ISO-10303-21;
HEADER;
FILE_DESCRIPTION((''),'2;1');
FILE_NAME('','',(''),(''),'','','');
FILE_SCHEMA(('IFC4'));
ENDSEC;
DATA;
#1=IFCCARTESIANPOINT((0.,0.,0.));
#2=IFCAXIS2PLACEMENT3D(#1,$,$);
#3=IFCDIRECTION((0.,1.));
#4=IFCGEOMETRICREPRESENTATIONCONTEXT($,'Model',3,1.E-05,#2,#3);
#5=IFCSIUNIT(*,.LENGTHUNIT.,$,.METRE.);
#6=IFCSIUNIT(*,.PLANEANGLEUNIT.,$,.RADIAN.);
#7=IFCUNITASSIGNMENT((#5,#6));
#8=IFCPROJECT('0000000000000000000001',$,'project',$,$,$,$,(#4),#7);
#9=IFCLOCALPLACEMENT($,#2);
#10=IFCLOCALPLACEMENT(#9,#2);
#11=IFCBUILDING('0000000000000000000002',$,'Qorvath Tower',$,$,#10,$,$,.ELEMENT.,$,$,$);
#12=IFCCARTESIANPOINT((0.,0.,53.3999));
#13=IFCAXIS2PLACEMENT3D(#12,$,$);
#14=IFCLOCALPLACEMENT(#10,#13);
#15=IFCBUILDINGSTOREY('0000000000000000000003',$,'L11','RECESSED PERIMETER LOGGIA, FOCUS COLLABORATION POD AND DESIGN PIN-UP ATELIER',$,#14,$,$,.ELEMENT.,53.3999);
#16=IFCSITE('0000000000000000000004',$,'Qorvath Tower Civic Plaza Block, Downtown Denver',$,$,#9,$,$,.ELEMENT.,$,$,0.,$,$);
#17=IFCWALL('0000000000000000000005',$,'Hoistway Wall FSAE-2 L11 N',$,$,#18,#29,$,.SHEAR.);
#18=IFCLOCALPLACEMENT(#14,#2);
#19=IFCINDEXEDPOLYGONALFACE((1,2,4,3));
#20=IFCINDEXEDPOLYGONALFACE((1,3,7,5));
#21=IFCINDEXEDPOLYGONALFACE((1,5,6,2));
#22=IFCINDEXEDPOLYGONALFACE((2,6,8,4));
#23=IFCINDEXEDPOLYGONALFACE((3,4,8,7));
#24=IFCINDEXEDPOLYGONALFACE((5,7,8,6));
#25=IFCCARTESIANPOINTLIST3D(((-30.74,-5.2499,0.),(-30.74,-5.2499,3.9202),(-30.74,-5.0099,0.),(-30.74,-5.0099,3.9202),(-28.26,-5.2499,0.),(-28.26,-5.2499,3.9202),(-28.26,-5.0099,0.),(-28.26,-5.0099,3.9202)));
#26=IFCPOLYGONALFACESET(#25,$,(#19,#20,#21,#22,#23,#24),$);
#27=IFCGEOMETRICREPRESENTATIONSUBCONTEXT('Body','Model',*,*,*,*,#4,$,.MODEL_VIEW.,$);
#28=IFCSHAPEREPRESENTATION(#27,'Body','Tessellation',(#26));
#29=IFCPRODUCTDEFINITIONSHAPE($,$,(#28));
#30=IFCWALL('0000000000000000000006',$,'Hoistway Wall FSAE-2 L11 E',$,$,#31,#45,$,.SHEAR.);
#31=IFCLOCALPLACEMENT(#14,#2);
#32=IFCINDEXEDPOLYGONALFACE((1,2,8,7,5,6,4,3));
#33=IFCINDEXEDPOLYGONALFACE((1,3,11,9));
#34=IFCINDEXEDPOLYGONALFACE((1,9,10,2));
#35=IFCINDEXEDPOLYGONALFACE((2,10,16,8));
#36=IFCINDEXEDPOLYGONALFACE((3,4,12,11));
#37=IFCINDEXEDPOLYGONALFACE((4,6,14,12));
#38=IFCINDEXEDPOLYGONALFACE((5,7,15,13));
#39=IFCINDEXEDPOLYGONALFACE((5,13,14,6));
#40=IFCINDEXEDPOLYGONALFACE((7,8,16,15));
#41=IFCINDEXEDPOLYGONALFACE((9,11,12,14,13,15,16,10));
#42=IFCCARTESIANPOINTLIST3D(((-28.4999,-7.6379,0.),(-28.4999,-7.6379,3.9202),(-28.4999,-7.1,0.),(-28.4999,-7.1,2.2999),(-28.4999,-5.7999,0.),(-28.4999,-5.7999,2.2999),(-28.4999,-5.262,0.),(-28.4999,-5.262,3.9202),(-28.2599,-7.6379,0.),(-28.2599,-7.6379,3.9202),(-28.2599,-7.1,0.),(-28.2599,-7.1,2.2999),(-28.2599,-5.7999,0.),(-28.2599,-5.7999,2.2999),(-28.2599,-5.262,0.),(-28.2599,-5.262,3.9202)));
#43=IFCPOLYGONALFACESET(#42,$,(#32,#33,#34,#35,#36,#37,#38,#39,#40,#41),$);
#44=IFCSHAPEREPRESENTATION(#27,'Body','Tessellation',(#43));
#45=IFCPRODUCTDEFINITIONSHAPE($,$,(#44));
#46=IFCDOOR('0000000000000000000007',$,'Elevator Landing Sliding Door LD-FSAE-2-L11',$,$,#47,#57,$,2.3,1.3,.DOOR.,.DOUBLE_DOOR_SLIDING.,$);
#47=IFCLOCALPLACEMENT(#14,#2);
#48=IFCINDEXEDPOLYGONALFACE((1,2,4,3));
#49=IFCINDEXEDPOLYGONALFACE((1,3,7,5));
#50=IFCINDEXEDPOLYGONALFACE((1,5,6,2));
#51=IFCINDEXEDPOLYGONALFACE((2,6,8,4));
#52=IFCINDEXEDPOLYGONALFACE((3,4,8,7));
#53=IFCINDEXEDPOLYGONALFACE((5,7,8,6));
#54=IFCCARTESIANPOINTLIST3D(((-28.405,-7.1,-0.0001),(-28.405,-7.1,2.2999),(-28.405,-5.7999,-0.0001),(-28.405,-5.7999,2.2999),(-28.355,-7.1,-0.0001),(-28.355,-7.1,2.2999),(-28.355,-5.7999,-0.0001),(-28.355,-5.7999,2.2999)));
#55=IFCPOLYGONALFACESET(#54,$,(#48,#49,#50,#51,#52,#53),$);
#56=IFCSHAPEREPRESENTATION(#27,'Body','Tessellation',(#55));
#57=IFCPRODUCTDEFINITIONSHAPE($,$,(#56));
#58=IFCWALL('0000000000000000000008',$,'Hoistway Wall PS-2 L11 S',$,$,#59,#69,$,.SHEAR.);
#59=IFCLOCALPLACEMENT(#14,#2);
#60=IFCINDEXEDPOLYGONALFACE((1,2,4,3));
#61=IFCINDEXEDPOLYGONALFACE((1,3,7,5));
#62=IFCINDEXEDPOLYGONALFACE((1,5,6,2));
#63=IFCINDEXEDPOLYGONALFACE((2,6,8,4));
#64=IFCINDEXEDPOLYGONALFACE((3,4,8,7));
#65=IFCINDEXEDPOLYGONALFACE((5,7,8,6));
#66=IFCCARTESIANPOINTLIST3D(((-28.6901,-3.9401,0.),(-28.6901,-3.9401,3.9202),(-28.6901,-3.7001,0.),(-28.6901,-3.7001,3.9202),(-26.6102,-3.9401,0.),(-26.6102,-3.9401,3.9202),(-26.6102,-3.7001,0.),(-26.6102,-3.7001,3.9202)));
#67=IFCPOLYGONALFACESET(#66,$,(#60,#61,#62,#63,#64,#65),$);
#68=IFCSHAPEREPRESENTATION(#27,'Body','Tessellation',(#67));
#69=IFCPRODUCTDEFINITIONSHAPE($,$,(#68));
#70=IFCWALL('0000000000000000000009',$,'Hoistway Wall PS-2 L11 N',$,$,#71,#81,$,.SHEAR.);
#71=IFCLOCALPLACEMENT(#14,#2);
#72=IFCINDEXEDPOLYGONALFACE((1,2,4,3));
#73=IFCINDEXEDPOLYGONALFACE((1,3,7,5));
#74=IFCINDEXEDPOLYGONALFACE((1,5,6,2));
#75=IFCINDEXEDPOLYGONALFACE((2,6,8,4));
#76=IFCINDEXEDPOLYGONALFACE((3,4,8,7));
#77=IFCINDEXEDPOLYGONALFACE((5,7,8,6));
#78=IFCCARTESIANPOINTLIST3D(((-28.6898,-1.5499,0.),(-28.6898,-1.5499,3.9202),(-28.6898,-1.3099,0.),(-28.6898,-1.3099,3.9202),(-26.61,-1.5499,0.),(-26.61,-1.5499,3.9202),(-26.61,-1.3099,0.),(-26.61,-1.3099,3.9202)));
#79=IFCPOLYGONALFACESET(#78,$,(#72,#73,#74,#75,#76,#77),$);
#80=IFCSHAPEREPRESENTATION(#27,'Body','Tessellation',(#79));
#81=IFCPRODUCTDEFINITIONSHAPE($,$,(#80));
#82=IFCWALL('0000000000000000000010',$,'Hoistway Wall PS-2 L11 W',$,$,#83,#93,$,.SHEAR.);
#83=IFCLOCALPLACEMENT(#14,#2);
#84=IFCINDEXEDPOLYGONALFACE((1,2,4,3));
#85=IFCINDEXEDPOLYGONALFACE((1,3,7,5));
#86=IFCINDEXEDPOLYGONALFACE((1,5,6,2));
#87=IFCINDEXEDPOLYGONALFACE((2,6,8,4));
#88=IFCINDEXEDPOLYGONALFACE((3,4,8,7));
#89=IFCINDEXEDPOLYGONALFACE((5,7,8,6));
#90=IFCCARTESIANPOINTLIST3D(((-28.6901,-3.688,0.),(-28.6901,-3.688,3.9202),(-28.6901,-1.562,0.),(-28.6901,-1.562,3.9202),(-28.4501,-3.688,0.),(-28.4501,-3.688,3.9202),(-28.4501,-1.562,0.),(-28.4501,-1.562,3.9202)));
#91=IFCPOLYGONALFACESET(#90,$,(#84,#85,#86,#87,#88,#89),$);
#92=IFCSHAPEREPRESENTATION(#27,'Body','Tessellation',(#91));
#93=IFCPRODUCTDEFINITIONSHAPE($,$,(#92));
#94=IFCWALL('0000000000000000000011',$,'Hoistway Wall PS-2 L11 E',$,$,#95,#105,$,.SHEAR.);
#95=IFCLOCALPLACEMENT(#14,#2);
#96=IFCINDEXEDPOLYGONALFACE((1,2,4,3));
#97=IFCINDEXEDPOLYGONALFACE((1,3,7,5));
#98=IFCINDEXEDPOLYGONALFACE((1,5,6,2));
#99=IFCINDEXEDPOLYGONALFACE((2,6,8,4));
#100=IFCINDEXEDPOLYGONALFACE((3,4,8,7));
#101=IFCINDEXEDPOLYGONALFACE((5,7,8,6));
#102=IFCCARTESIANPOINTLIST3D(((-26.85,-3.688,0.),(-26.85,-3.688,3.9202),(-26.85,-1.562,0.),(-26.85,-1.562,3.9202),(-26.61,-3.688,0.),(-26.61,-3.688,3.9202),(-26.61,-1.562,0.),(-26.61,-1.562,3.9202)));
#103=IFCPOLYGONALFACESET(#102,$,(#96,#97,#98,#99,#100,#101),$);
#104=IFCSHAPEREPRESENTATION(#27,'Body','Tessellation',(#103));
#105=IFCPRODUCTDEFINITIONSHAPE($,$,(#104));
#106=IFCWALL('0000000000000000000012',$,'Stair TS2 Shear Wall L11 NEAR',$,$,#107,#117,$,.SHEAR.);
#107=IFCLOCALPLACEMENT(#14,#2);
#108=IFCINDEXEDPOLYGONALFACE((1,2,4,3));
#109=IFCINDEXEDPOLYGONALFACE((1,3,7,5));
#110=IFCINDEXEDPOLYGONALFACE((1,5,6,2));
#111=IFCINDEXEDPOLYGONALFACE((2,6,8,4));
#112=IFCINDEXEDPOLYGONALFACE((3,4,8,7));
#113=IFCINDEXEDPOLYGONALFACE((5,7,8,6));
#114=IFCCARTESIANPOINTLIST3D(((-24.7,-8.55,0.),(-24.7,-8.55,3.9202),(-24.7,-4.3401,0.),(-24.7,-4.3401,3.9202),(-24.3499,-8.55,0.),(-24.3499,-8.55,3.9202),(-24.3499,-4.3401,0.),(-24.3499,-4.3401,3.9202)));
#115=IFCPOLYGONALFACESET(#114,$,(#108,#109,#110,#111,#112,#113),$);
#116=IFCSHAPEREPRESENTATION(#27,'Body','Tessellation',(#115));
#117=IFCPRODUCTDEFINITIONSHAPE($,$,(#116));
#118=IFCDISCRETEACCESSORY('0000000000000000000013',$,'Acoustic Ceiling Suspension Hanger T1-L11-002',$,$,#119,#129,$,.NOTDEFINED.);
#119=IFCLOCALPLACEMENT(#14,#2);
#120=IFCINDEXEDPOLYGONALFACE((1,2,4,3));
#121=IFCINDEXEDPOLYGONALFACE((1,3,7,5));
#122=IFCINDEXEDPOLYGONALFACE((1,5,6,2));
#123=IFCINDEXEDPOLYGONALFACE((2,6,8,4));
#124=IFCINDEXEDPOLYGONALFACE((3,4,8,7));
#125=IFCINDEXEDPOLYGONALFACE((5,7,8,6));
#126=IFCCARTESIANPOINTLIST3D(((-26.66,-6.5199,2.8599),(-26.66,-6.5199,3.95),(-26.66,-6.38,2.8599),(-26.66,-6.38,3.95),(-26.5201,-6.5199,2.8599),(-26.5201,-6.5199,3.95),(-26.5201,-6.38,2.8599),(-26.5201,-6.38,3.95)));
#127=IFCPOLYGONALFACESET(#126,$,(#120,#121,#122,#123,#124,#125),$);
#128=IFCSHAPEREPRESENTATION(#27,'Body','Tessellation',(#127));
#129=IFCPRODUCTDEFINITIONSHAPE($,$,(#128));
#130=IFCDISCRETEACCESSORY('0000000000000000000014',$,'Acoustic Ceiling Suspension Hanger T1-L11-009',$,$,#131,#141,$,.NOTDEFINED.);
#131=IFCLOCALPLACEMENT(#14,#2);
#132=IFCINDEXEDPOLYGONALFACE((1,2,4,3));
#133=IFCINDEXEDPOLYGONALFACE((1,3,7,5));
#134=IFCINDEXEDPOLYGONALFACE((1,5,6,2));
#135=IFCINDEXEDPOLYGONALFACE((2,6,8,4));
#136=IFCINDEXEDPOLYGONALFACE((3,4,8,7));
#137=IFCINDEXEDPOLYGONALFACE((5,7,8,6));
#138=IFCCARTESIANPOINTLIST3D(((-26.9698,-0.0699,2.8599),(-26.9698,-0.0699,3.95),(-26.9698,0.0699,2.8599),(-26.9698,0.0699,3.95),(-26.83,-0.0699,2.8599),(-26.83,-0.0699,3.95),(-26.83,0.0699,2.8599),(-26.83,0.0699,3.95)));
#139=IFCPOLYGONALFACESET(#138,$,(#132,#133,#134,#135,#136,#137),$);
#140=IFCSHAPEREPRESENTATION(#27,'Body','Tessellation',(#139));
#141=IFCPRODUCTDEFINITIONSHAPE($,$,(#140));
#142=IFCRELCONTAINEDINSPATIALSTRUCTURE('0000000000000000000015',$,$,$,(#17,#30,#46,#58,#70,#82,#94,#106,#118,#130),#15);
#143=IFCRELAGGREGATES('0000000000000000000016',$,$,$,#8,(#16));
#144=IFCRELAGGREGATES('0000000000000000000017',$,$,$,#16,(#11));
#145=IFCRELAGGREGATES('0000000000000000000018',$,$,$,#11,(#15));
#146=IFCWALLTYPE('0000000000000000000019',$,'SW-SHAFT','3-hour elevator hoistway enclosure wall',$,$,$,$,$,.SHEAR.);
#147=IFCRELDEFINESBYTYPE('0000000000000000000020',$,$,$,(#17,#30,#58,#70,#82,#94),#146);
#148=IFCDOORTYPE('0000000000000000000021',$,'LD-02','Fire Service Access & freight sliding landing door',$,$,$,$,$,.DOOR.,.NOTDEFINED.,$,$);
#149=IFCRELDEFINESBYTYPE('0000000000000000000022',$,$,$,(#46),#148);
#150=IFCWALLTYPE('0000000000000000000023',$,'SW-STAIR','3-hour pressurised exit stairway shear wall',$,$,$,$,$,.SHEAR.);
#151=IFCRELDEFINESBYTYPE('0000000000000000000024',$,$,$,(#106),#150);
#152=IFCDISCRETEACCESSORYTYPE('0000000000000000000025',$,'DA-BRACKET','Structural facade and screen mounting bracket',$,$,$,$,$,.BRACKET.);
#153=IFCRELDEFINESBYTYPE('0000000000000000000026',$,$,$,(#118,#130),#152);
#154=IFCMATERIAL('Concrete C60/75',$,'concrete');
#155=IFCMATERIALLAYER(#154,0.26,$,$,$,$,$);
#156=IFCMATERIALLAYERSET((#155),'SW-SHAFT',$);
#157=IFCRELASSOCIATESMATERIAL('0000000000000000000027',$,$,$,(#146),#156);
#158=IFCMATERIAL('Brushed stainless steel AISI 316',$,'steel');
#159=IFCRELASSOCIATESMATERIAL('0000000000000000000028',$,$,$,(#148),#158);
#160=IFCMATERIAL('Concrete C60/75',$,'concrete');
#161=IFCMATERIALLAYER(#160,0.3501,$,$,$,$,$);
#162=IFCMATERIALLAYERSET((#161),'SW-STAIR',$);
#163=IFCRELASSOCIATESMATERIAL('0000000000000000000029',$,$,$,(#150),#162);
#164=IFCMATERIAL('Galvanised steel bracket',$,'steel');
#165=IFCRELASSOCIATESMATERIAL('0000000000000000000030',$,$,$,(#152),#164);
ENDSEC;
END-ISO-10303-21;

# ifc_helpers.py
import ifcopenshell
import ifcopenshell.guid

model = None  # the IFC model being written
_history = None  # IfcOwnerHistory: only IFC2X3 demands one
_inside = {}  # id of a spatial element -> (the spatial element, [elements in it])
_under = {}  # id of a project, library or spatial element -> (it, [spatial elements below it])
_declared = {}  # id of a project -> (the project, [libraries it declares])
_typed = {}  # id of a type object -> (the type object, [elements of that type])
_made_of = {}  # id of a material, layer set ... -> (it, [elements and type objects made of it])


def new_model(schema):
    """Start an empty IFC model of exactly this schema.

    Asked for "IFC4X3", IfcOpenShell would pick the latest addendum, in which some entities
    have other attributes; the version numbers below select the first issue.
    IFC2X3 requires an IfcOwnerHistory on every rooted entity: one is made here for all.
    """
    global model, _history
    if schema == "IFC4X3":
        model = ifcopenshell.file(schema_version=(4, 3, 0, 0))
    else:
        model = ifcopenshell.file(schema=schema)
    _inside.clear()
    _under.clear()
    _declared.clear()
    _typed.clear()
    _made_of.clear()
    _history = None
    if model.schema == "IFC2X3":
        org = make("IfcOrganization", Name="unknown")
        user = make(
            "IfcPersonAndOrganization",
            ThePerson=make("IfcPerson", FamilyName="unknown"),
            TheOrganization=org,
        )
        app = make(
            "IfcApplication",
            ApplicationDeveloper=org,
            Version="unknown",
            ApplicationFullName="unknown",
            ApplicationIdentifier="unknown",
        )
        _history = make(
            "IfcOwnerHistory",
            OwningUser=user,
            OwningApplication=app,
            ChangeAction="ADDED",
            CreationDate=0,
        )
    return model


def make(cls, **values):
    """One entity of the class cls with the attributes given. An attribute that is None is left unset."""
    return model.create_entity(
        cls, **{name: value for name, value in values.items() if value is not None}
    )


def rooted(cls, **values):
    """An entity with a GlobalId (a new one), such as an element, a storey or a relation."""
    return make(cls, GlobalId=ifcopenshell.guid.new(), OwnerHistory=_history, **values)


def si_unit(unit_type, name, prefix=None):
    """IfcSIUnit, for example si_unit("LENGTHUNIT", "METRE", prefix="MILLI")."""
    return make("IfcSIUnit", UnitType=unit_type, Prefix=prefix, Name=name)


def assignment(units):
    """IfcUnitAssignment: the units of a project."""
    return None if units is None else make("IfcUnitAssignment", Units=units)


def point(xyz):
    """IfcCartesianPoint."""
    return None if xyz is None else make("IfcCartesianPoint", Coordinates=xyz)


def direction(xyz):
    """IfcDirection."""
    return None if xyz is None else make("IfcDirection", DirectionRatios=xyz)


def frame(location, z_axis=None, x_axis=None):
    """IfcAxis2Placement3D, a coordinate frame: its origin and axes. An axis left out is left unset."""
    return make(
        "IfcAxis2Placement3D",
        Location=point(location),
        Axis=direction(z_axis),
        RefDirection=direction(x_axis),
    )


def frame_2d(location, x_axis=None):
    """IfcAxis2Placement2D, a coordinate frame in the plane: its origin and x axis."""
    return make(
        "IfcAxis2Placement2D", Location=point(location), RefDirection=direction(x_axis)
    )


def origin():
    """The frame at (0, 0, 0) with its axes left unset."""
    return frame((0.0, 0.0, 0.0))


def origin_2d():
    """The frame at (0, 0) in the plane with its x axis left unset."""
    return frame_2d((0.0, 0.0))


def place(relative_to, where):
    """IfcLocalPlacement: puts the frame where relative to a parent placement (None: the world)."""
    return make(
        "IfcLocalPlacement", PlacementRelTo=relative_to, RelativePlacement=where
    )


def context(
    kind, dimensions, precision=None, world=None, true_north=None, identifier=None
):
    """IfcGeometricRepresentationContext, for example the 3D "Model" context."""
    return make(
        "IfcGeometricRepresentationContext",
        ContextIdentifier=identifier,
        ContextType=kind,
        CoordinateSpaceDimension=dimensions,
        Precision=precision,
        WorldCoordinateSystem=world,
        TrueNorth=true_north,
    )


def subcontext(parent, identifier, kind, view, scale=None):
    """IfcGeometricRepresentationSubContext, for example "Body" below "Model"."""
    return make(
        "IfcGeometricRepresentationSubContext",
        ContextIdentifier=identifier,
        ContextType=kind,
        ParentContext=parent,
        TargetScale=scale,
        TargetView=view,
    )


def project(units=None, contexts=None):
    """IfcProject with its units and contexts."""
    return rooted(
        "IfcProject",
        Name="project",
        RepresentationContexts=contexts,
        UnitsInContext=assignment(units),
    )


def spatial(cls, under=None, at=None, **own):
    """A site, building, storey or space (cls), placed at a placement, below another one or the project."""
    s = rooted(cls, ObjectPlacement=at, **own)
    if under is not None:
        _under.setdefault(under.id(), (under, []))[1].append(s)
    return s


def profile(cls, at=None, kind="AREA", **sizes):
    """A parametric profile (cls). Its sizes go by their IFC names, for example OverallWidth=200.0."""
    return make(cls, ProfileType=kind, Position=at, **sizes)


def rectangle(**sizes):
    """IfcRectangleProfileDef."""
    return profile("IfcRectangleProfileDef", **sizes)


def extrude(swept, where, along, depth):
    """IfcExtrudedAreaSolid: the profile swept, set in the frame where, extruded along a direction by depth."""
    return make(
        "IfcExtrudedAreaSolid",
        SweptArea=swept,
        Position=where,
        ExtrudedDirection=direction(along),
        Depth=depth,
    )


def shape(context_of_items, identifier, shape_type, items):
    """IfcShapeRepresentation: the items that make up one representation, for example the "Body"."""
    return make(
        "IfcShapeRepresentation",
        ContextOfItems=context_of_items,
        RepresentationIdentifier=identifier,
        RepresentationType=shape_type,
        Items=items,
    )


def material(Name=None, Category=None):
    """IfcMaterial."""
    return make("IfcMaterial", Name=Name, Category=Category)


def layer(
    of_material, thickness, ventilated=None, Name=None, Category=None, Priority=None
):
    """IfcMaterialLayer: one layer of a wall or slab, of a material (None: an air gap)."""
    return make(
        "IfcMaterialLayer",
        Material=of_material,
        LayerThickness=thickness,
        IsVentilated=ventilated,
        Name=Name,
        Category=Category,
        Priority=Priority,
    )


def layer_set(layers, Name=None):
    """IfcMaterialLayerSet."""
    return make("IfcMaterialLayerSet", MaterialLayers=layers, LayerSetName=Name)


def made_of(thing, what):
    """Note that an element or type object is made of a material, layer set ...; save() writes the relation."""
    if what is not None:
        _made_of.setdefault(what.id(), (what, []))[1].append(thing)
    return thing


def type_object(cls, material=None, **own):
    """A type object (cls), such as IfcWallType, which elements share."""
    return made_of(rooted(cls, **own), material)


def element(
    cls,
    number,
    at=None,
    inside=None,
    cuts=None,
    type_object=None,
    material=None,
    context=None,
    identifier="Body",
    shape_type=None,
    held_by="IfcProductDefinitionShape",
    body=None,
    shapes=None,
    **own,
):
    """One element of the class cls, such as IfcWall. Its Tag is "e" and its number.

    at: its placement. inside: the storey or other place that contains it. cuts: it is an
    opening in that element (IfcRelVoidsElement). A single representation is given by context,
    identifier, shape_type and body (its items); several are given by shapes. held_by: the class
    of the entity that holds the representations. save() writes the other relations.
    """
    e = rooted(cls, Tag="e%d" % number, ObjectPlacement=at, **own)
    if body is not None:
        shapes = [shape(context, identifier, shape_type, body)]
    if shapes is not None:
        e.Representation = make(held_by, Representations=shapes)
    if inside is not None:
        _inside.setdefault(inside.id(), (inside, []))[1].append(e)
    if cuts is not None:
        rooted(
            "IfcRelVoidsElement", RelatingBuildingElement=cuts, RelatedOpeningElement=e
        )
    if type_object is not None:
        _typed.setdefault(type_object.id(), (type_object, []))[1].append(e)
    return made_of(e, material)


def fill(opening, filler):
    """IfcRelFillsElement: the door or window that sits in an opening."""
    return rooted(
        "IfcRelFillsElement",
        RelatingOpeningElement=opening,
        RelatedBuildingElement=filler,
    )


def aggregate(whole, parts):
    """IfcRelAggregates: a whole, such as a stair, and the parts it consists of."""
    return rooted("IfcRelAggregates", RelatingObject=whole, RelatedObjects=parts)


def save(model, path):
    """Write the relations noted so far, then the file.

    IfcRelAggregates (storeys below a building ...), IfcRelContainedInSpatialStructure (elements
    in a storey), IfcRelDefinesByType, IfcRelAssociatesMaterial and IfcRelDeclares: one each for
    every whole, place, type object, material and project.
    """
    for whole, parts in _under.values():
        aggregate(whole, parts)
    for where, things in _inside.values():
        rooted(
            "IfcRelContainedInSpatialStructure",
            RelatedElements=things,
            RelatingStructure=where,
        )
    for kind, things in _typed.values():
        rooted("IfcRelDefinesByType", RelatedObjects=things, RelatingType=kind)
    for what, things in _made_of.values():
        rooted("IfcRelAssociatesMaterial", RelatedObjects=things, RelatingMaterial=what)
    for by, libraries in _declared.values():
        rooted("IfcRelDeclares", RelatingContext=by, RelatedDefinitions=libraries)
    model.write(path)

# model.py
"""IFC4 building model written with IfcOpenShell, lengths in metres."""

from ifc_helpers import new_model, si_unit, direction, frame, frame_2d, origin, origin_2d, place, context, subcontext, project, spatial, rectangle, extrude, material, layer, layer_set, type_object, element, fill, save


model = new_model("IFC4")

# Units and contexts
model_context = context("Model", 3, precision=1e-05, world=origin(), true_north=direction((0.0, 1.0)))
body_context = subcontext(model_context, "Body", "Model", "MODEL_VIEW")
ifc_project = project(units=[si_unit("LENGTHUNIT", "METRE"), si_unit("PLANEANGLEUNIT", "RADIAN")], contexts=[model_context])

# Site, building, storey
site_placement = place(None, origin())
site = spatial("IfcSite", under=ifc_project, at=site_placement, Name="Qorvath Tower Civic Plaza Block, Downtown Denver", CompositionType="ELEMENT", RefElevation=0.0)
building_placement = place(site_placement, origin())
building = spatial("IfcBuilding", under=site, at=building_placement, Name="Qorvath Tower", CompositionType="ELEMENT")
storey_placement = place(building_placement, frame((0.0, 0.0, 53.3999)))
storey = spatial("IfcBuildingStorey", under=building, at=storey_placement, Name="L11", Description="RECESSED PERIMETER LOGGIA, FOCUS COLLABORATION POD AND DESIGN PIN-UP ATELIER", CompositionType="ELEMENT", Elevation=53.3999)

# Wall
ifc_material_1 = material(Name="Concrete C60/75", Category="concrete")
ifc_layer_1 = layer(ifc_material_1, 0.26)
ifc_layer_set_1 = layer_set([ifc_layer_1], Name="SW-SHAFT")
wall_type_1 = type_object("IfcWallType", Name="SW-SHAFT", Description="3-hour elevator hoistway enclosure wall", PredefinedType="SHEAR", material=ifc_layer_set_1)
wall_1_placement = place(storey_placement, frame((-30.74, -5.1299, 0.0), z_axis=(0.0, 0.0, 1.0), x_axis=(1.0, 0.0, 0.0)))
element("IfcWall", 1, at=wall_1_placement, inside=storey, type_object=wall_type_1, Name="Hoistway Wall FSAE-2 L11 N", PredefinedType="SHEAR", context=body_context, shape_type="SweptSolid", body=[
    extrude(rectangle(XDim=2.48, YDim=0.24, at=frame_2d((1.24, 0.0))), origin(), (0.0, 0.0, 1.0), 3.9202),
])

# Wall, opening, door
wall_2_placement = place(storey_placement, frame((-28.3799, -5.262, 0.0), z_axis=(0.0, 0.0, 1.0), x_axis=(0.0, -1.0, 0.0)))
wall_2 = element("IfcWall", 2, at=wall_2_placement, inside=storey, type_object=wall_type_1, Name="Hoistway Wall FSAE-2 L11 E", PredefinedType="SHEAR", context=body_context, shape_type="SweptSolid", body=[
    extrude(rectangle(XDim=2.376, YDim=0.24, at=frame_2d((1.188, 0.0))), origin(), (0.0, 0.0, 1.0), 3.9202),
])
opening_1_placement = place(wall_2_placement, frame((0.5381, 0.0, 0.0)))
opening_1 = element("IfcOpeningElement", 3, at=opening_1_placement, cuts=wall_2, PredefinedType="OPENING", context=body_context, shape_type="SweptSolid", body=[
    extrude(rectangle(XDim=1.3, YDim=2.3, at=frame_2d((0.6499, 1.1499))), frame((0.0, 0.1299, 0.0), z_axis=(0.0, -1.0, 0.0), x_axis=(1.0, 0.0, 0.0)), (0.0, 0.0, 1.0), 0.26),
])
ifc_material_2 = material(Name="Brushed stainless steel AISI 316", Category="steel")
door_type_1 = type_object("IfcDoorType", Name="LD-02", Description="Fire Service Access & freight sliding landing door", OperationType="NOTDEFINED", PredefinedType="DOOR", material=ifc_material_2)
door_1_placement = place(opening_1_placement, origin())
door_1 = element("IfcDoor", 4, at=door_1_placement, inside=storey, type_object=door_type_1, Name="Elevator Landing Sliding Door LD-FSAE-2-L11", OperationType="DOUBLE_DOOR_SLIDING", OverallHeight=2.3, OverallWidth=1.3, PredefinedType="DOOR", context=body_context, shape_type="SweptSolid", body=[
    extrude(rectangle(XDim=1.3, YDim=2.3, at=frame_2d((0.6499, 1.1499))), frame((0.0, 0.0249, 0.0), z_axis=(0.0, -1.0, 0.0), x_axis=(1.0, 0.0, 0.0)), (0.0, 0.0, 1.0), 0.05),
])
fill(opening_1, door_1)

# Walls
for number, where, z_axis, x_axis, name in (
    (5, (-26.6101, -3.8201, 0.0), (0.0, 0.0, 1.0), (-1.0, 0.0, 0.0), "Hoistway Wall PS-2 L11 S"),
    (6, (-28.6899, -1.4299, 0.0), (0.0, 0.0, 1.0), (1.0, 0.0, 0.0), "Hoistway Wall PS-2 L11 N"),
):
    element("IfcWall", number, at=place(storey_placement, frame(where, z_axis=z_axis, x_axis=x_axis)), inside=storey, type_object=wall_type_1, Name=name, PredefinedType="SHEAR", context=body_context, shape_type="SweptSolid", body=[
        extrude(rectangle(XDim=2.0798, YDim=0.24, at=frame_2d((1.04, 0.0))), origin(), (0.0, 0.0, 1.0), 3.9202),
    ])
for number, where, z_axis, x_axis, name in (
    (7, (-28.5701, -3.688, 0.0), (0.0, 0.0, 1.0), (0.0, 1.0, 0.0), "Hoistway Wall PS-2 L11 W"),
    (8, (-26.73, -1.562, 0.0), (0.0, 0.0, 1.0), (0.0, -1.0, 0.0), "Hoistway Wall PS-2 L11 E"),
):
    element("IfcWall", number, at=place(storey_placement, frame(where, z_axis=z_axis, x_axis=x_axis)), inside=storey, type_object=wall_type_1, Name=name, PredefinedType="SHEAR", context=body_context, shape_type="SweptSolid", body=[
        extrude(rectangle(XDim=2.126, YDim=0.24, at=frame_2d((1.063, 0.0))), origin(), (0.0, 0.0, 1.0), 3.9202),
    ])
ifc_material_3 = material(Name="Concrete C60/75", Category="concrete")
ifc_layer_2 = layer(ifc_material_3, 0.3501)
ifc_layer_set_2 = layer_set([ifc_layer_2], Name="SW-STAIR")
wall_type_2 = type_object("IfcWallType", Name="SW-STAIR", Description="3-hour pressurised exit stairway shear wall", PredefinedType="SHEAR", material=ifc_layer_set_2)
wall_3_placement = place(storey_placement, frame((-24.5249, -4.3401, 0.0), z_axis=(0.0, 0.0, 1.0), x_axis=(0.0, -1.0, 0.0)))
element("IfcWall", 9, at=wall_3_placement, inside=storey, type_object=wall_type_2, Name="Stair TS2 Shear Wall L11 NEAR", PredefinedType="SHEAR", context=body_context, shape_type="SweptSolid", body=[
    extrude(rectangle(XDim=4.21, YDim=0.3501, at=frame_2d((2.105, 0.0))), origin(), (0.0, 0.0, 1.0), 3.9202),
])

# Discrete accessories
ifc_material_4 = material(Name="Galvanised steel bracket", Category="steel")
discrete_accessory_type = type_object("IfcDiscreteAccessoryType", Name="DA-BRACKET", Description="Structural facade and screen mounting bracket", PredefinedType="BRACKET", material=ifc_material_4)
for number, where, z_axis, x_axis, name in (
    (10, (-26.5901, -6.45, 2.8599), (0.0, 0.0, 1.0), (1.0, 0.0, 0.0), "Acoustic Ceiling Suspension Hanger T1-L11-002"),
    (11, (-26.8999, 0.0, 2.8599), (0.0, 0.0, 1.0), (1.0, 0.0, 0.0), "Acoustic Ceiling Suspension Hanger T1-L11-009"),
):
    element("IfcDiscreteAccessory", number, at=place(storey_placement, frame(where, z_axis=z_axis, x_axis=x_axis)), inside=storey, type_object=discrete_accessory_type, Name=name, PredefinedType="NOTDEFINED", context=body_context, shape_type="SweptSolid", body=[
        extrude(rectangle(XDim=0.1399, YDim=0.1399, at=origin_2d()), origin(), (0.0, 0.0, 1.0), 1.0901),
    ])

save(model, "model.ifc")
